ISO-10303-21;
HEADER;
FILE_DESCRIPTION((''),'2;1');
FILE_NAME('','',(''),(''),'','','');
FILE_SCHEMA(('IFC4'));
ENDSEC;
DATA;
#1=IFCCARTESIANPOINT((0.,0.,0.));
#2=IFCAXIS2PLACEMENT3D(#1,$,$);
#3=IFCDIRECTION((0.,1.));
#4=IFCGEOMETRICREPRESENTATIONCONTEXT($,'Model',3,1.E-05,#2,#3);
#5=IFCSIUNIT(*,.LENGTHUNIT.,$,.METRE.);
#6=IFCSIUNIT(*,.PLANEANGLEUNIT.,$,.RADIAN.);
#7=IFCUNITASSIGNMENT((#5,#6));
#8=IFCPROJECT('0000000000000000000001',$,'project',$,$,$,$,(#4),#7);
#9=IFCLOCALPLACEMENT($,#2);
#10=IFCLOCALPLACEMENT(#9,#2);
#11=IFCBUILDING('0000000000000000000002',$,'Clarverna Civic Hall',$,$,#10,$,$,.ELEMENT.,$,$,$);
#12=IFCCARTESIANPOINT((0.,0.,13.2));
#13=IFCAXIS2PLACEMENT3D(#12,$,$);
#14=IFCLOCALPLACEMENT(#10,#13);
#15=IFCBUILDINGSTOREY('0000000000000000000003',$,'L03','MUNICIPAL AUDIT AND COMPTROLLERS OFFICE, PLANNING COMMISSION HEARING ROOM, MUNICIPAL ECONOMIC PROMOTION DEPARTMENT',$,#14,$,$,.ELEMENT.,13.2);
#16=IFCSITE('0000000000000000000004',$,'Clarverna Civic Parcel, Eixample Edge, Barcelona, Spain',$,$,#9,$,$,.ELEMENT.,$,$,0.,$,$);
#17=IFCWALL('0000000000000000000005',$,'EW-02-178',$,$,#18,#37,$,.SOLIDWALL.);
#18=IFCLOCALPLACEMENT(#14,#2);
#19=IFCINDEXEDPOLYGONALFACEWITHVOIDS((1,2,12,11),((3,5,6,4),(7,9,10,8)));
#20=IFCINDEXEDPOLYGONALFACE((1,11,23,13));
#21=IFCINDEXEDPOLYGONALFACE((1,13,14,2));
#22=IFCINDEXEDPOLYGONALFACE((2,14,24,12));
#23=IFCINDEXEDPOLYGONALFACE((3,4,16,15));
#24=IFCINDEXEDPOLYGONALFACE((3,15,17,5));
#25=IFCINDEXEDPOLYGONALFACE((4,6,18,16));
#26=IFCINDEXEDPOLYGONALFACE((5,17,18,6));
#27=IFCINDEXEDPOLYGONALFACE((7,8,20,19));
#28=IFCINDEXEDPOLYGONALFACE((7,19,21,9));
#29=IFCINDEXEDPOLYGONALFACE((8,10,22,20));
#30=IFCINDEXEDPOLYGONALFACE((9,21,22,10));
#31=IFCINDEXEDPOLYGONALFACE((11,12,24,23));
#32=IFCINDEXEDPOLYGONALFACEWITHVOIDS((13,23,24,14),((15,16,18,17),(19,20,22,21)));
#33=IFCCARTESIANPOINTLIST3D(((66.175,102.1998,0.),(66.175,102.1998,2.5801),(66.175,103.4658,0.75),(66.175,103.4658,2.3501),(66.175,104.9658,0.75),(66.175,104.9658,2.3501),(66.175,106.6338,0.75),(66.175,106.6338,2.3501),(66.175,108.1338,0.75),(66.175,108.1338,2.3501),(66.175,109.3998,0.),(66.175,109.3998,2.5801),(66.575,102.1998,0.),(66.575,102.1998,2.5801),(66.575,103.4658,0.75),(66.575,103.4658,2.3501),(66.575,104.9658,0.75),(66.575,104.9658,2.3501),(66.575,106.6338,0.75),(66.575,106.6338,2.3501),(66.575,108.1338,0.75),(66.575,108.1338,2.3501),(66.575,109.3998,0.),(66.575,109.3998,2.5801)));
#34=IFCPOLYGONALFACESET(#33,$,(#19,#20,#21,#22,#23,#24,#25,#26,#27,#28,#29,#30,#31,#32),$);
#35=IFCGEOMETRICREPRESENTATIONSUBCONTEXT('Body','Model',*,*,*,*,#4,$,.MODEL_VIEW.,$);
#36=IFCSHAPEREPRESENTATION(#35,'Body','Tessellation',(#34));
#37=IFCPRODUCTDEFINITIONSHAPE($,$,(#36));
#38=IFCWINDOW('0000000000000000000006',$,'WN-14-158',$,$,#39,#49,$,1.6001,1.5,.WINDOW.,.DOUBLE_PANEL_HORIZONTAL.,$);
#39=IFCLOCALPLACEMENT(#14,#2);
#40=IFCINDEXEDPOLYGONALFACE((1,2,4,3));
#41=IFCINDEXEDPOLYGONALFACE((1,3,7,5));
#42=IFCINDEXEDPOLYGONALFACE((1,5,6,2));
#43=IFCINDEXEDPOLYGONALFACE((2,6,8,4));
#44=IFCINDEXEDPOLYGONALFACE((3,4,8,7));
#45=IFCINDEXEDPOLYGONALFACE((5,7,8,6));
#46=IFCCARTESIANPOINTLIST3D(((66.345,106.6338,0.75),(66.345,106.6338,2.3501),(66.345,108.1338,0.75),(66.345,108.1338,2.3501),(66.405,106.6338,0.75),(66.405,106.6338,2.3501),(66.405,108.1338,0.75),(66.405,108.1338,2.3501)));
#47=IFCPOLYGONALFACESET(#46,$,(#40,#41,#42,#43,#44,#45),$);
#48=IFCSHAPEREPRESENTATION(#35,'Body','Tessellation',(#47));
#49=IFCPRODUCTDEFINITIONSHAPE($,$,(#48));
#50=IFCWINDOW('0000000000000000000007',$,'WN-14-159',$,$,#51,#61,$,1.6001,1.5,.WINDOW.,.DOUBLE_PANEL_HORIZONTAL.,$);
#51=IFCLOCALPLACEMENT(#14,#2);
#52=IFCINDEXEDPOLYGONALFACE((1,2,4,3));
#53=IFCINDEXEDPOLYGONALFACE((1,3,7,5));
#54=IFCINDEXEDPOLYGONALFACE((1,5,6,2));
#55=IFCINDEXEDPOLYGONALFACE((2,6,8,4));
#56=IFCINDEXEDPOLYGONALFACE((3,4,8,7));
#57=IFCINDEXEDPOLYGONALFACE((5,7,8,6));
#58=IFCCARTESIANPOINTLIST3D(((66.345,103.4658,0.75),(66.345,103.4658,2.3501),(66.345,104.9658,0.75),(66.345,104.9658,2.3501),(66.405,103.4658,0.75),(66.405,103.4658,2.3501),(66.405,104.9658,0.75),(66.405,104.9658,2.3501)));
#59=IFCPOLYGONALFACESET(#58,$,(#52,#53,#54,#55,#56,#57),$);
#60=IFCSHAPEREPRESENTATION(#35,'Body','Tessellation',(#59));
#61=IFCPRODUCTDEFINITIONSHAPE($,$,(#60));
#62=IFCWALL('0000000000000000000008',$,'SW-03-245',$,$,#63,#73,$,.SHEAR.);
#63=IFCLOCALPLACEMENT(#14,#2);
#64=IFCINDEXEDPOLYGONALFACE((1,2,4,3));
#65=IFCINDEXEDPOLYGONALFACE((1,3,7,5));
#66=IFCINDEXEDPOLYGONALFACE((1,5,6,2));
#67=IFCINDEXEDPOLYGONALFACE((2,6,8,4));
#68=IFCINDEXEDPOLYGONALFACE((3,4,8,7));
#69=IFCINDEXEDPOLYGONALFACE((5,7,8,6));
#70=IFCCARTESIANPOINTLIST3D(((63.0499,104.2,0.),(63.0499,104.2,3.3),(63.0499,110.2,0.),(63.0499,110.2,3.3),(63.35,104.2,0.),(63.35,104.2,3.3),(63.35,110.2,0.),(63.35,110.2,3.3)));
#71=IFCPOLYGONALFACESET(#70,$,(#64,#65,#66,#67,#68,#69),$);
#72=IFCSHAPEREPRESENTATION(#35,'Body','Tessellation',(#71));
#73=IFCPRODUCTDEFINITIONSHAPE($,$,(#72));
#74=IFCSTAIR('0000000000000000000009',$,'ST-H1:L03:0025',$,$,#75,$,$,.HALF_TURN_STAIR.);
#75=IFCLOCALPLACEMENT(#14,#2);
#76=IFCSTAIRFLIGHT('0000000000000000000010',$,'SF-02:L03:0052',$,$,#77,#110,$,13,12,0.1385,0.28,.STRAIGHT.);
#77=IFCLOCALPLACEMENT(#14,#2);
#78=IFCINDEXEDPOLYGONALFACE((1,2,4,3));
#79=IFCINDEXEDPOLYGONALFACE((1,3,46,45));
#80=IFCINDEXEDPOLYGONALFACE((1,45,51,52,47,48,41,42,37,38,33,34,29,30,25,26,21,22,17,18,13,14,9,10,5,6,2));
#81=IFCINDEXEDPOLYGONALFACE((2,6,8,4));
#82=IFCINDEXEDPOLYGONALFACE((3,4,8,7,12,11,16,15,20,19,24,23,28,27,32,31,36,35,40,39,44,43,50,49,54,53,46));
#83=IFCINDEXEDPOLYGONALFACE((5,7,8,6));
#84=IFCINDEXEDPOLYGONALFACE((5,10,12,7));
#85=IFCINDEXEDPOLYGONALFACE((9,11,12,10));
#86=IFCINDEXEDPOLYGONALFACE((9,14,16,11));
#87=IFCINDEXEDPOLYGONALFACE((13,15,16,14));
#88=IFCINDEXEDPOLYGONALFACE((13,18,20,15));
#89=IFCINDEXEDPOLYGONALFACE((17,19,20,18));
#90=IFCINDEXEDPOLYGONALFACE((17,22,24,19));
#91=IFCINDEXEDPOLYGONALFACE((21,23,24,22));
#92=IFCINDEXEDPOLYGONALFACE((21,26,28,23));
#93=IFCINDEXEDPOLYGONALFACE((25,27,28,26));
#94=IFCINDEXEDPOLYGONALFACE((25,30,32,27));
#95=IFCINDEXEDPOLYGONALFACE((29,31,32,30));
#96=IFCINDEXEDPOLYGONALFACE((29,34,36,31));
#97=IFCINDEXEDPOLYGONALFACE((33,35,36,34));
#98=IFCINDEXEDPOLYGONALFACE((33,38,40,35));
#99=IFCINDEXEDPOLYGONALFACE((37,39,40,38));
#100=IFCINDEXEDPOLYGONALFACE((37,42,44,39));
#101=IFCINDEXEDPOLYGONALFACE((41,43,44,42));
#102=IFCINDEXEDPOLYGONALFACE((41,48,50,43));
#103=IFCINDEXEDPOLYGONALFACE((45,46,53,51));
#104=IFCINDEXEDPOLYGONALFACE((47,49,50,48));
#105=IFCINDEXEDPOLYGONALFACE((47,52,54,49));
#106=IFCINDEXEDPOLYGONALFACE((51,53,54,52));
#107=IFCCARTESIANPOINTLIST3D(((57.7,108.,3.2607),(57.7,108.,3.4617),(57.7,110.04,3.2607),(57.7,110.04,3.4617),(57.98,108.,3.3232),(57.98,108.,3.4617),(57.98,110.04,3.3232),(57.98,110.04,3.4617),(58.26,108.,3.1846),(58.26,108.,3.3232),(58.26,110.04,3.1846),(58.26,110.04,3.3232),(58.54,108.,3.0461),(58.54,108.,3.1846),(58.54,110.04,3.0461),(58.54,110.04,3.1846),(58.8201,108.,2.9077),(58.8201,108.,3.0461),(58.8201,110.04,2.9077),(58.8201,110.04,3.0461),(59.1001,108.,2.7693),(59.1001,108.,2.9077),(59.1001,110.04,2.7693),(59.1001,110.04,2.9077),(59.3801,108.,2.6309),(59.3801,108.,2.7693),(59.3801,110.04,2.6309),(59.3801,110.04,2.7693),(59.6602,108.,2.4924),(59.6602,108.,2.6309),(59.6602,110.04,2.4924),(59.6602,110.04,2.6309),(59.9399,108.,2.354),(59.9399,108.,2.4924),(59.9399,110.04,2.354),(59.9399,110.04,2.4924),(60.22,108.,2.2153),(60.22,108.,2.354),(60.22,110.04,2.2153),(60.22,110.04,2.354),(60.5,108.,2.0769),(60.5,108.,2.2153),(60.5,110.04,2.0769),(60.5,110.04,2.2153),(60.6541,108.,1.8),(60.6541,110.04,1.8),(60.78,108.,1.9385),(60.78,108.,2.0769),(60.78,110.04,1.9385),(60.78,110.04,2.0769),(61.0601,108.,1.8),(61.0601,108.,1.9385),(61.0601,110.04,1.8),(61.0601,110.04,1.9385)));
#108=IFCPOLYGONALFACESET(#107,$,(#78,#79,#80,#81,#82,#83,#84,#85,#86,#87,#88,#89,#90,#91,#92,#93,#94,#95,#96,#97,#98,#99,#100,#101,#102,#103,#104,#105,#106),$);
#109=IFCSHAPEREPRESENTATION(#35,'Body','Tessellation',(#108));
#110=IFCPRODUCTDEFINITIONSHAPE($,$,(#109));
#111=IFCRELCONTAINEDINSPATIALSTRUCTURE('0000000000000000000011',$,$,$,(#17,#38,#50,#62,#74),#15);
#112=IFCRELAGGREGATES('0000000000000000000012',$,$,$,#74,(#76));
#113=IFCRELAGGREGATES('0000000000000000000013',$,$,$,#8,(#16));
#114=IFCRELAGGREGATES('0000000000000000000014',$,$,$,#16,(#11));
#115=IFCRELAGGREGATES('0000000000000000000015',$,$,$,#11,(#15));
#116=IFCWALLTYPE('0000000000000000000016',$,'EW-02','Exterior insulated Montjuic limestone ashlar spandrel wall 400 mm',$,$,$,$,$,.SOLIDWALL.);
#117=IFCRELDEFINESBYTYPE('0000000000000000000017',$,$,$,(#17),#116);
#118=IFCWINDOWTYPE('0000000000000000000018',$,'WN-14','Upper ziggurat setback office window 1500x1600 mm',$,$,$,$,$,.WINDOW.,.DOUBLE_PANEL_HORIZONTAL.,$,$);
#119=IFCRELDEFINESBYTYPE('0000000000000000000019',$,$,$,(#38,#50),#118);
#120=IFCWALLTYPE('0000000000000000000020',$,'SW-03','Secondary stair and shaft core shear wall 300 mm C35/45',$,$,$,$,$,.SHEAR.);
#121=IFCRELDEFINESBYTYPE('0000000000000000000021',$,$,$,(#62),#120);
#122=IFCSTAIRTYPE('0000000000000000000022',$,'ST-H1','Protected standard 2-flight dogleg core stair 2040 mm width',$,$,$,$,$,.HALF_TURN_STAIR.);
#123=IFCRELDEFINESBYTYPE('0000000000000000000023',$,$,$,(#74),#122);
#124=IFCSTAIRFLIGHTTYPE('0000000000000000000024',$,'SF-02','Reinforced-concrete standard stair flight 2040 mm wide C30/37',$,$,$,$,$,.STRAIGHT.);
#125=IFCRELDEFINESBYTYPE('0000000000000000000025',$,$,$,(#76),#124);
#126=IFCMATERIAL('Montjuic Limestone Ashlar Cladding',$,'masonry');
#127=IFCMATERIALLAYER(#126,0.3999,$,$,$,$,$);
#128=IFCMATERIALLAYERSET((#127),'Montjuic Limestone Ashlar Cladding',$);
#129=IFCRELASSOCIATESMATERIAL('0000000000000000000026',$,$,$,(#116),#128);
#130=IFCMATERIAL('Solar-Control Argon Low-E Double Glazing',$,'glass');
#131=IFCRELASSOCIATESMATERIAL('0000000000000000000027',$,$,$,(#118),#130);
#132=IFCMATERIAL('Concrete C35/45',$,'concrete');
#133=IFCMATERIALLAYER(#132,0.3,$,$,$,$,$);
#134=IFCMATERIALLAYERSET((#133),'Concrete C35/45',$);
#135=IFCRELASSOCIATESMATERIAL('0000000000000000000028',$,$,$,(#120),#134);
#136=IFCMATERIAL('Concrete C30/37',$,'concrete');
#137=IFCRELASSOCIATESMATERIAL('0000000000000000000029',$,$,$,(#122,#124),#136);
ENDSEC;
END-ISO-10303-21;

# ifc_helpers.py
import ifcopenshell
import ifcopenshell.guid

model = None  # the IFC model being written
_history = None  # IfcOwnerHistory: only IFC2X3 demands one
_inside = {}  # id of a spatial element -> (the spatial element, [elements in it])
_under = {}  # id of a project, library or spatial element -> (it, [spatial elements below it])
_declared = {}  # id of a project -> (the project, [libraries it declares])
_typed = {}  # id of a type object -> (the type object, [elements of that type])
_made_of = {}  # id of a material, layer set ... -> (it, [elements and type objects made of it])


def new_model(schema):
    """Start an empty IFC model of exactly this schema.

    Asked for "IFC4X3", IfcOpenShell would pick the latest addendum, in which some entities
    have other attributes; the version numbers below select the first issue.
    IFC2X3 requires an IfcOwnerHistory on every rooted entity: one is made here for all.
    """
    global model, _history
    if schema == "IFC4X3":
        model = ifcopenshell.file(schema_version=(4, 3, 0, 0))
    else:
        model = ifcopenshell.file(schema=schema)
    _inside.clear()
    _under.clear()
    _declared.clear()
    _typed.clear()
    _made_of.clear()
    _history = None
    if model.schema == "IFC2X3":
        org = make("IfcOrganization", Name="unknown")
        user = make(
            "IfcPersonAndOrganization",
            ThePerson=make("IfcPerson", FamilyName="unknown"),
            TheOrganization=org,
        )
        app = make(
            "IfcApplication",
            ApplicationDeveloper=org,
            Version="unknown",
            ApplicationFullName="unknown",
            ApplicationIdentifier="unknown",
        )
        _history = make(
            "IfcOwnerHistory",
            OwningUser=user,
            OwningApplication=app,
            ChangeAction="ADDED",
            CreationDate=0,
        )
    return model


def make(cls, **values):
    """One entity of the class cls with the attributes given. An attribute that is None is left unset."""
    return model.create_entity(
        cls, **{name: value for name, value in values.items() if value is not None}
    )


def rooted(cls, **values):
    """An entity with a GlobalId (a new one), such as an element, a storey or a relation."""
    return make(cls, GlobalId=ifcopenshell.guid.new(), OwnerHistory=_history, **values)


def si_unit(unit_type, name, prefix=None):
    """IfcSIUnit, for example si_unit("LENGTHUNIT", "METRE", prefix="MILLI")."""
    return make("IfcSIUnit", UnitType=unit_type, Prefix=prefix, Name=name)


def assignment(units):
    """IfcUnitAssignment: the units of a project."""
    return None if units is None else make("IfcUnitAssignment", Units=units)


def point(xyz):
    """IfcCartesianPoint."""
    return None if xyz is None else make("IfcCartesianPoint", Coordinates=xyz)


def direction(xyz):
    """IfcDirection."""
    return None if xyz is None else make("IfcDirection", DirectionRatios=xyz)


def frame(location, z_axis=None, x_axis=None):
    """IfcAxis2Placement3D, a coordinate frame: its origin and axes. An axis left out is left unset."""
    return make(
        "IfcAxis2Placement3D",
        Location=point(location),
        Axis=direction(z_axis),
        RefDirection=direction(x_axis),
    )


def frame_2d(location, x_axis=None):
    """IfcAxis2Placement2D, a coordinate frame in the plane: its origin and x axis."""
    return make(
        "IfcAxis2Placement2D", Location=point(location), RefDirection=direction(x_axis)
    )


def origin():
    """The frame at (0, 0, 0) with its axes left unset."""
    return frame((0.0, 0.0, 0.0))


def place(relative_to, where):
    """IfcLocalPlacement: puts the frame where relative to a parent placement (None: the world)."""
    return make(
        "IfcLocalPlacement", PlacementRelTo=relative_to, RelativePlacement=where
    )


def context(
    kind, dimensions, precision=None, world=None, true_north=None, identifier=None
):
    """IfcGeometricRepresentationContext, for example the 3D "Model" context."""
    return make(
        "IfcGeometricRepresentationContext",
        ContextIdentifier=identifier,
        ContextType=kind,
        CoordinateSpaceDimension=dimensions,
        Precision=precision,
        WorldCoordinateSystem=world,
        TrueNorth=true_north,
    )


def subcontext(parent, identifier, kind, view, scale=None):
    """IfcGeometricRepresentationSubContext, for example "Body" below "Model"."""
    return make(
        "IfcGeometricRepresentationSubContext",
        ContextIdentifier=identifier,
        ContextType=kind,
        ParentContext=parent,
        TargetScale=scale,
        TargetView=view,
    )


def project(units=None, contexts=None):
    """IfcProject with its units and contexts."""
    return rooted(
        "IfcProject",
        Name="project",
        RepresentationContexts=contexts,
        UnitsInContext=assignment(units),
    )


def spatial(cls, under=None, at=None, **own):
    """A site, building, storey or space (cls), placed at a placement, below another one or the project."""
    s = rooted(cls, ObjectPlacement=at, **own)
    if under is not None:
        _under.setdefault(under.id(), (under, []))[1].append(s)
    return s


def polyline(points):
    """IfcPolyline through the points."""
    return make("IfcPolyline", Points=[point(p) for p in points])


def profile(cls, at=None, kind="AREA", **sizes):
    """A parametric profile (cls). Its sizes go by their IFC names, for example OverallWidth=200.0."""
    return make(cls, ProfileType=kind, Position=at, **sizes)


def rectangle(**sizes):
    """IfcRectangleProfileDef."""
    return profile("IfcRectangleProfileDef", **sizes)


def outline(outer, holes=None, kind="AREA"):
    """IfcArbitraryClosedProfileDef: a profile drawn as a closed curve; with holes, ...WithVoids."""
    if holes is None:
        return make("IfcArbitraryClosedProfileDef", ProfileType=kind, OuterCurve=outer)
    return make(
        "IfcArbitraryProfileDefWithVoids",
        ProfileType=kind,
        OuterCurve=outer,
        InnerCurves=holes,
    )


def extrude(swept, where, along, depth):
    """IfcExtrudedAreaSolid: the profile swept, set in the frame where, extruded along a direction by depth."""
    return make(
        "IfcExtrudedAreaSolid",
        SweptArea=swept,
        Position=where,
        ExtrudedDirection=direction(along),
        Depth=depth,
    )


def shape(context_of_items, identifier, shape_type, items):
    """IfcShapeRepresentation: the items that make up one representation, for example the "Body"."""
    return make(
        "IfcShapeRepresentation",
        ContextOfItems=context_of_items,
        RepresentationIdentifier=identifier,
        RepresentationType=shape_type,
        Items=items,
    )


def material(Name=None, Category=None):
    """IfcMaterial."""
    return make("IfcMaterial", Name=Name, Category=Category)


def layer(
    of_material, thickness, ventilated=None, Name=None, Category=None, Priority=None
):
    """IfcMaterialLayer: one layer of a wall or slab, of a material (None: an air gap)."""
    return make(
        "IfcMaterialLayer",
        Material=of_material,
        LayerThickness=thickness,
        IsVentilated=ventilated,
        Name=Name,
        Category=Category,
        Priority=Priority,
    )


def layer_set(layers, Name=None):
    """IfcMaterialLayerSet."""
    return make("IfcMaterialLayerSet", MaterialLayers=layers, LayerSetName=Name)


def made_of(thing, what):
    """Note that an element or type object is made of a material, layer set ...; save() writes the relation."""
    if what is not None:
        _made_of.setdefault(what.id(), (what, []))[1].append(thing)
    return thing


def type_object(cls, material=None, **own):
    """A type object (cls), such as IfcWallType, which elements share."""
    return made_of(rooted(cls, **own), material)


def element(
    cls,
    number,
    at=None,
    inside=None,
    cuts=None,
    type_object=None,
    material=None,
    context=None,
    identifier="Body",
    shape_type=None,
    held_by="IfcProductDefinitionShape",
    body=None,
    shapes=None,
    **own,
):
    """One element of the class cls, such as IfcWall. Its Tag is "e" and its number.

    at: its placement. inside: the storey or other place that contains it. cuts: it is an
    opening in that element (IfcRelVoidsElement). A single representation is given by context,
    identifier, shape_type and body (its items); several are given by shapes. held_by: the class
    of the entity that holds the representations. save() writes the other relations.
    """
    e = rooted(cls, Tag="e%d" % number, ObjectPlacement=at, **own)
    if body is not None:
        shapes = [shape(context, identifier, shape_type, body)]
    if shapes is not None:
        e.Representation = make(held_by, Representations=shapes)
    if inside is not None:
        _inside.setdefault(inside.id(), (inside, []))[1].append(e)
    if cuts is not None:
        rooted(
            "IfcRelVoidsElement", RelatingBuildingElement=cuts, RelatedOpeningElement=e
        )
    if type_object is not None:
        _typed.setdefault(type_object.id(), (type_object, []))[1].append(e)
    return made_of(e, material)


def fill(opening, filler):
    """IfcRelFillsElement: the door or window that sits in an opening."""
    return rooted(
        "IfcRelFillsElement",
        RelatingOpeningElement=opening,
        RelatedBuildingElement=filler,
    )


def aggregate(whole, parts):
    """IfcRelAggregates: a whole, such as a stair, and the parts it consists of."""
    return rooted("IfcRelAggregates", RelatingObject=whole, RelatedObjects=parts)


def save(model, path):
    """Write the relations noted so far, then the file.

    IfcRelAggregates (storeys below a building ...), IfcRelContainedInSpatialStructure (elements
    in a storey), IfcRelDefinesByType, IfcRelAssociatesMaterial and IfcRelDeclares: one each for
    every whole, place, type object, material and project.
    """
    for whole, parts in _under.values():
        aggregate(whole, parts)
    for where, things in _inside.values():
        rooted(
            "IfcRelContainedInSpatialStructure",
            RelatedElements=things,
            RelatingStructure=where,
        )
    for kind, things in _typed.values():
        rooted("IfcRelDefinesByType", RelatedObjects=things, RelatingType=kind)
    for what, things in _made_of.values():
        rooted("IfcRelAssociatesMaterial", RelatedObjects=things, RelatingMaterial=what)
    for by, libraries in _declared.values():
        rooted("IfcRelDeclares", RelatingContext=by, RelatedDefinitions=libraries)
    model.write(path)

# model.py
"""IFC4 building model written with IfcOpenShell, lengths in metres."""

from ifc_helpers import new_model, si_unit, direction, frame, frame_2d, origin, place, context, subcontext, project, spatial, polyline, rectangle, outline, extrude, material, layer, layer_set, type_object, element, fill, aggregate, save


model = new_model("IFC4")

# Units and contexts
model_context = context("Model", 3, precision=1e-05, world=origin(), true_north=direction((0.0, 1.0)))
body_context = subcontext(model_context, "Body", "Model", "MODEL_VIEW")
ifc_project = project(units=[si_unit("LENGTHUNIT", "METRE"), si_unit("PLANEANGLEUNIT", "RADIAN")], contexts=[model_context])

# Site, building, storey
site_placement = place(None, origin())
site = spatial("IfcSite", under=ifc_project, at=site_placement, Name="Clarverna Civic Parcel, Eixample Edge, Barcelona, Spain", CompositionType="ELEMENT", RefElevation=0.0)
building_placement = place(site_placement, origin())
building = spatial("IfcBuilding", under=site, at=building_placement, Name="Clarverna Civic Hall", CompositionType="ELEMENT")
storey_placement = place(building_placement, frame((0.0, 0.0, 13.2)))
storey = spatial("IfcBuildingStorey", under=building, at=storey_placement, Name="L03", Description="MUNICIPAL AUDIT AND COMPTROLLERS OFFICE, PLANNING COMMISSION HEARING ROOM, MUNICIPAL ECONOMIC PROMOTION DEPARTMENT", CompositionType="ELEMENT", Elevation=13.2)

# Shared definitions
ifc_material_1 = material(Name="Solar-Control Argon Low-E Double Glazing", Category="glass")

# Wall, openings, windows
ifc_material_2 = material(Name="Montjuic Limestone Ashlar Cladding", Category="masonry")
ifc_layer_1 = layer(ifc_material_2, 0.3999)
ifc_layer_set_1 = layer_set([ifc_layer_1], Name="Montjuic Limestone Ashlar Cladding")
wall_type_1 = type_object("IfcWallType", Name="EW-02", Description="Exterior insulated Montjuic limestone ashlar spandrel wall 400 mm", PredefinedType="SOLIDWALL", material=ifc_layer_set_1)
wall_1_placement = place(storey_placement, frame((66.375, 109.3999, 0.0), z_axis=(0.0, 0.0, 1.0), x_axis=(0.0, -1.0, 0.0)))
wall_1 = element("IfcWall", 1, at=wall_1_placement, inside=storey, type_object=wall_type_1, Name="EW-02-178", PredefinedType="SOLIDWALL", context=body_context, shape_type="SweptSolid", body=[
    extrude(rectangle(XDim=7.2, YDim=0.3999, at=frame_2d((3.6001, 0.0))), origin(), (0.0, 0.0, 1.0), 2.5801),
])
opening_1_placement = place(wall_1_placement, frame((1.2661, 0.0, 0.75)))
opening_1 = element("IfcOpeningElement", 2, at=opening_1_placement, cuts=wall_1, PredefinedType="OPENING", context=body_context, shape_type="SweptSolid", body=[
    extrude(rectangle(XDim=1.5, YDim=1.6001, at=frame_2d((0.75, 0.8))), frame((0.0, 0.21, 0.0), z_axis=(0.0, -1.0, 0.0), x_axis=(1.0, 0.0, 0.0)), (0.0, 0.0, 1.0), 0.4199),
])
opening_2_placement = place(wall_1_placement, frame((4.4341, 0.0, 0.75)))
opening_2 = element("IfcOpeningElement", 3, at=opening_2_placement, cuts=wall_1, PredefinedType="OPENING", context=body_context, shape_type="SweptSolid", body=[
    extrude(rectangle(XDim=1.5, YDim=1.6001, at=frame_2d((0.75, 0.8))), frame((0.0, 0.21, 0.0), z_axis=(0.0, -1.0, 0.0), x_axis=(1.0, 0.0, 0.0)), (0.0, 0.0, 1.0), 0.4199),
])
window_type = type_object("IfcWindowType", Name="WN-14", Description="Upper ziggurat setback office window 1500x1600 mm", PartitioningType="DOUBLE_PANEL_HORIZONTAL", PredefinedType="WINDOW", material=ifc_material_1)
window_1_placement = place(opening_1_placement, origin())
window_1 = element("IfcWindow", 4, at=window_1_placement, inside=storey, type_object=window_type, Name="WN-14-158", OverallHeight=1.6001, OverallWidth=1.5, PartitioningType="DOUBLE_PANEL_HORIZONTAL", PredefinedType="WINDOW", context=body_context, shape_type="SweptSolid", body=[
    extrude(rectangle(XDim=1.5, YDim=1.6001, at=frame_2d((0.75, 0.8))), frame((0.0, 0.03, 0.0), z_axis=(0.0, -1.0, 0.0), x_axis=(1.0, 0.0, 0.0)), (0.0, 0.0, 1.0), 0.0601),
])
fill(opening_1, window_1)
window_2_placement = place(opening_2_placement, origin())
window_2 = element("IfcWindow", 5, at=window_2_placement, inside=storey, type_object=window_type, Name="WN-14-159", OverallHeight=1.6001, OverallWidth=1.5, PartitioningType="DOUBLE_PANEL_HORIZONTAL", PredefinedType="WINDOW", context=body_context, shape_type="SweptSolid", body=[
    extrude(rectangle(XDim=1.5, YDim=1.6001, at=frame_2d((0.75, 0.8))), frame((0.0, 0.03, 0.0), z_axis=(0.0, -1.0, 0.0), x_axis=(1.0, 0.0, 0.0)), (0.0, 0.0, 1.0), 0.0601),
])
fill(opening_2, window_2)

# Wall
ifc_material_3 = material(Name="Concrete C35/45", Category="concrete")
ifc_layer_2 = layer(ifc_material_3, 0.3)
ifc_layer_set_2 = layer_set([ifc_layer_2], Name="Concrete C35/45")
wall_type_2 = type_object("IfcWallType", Name="SW-03", Description="Secondary stair and shaft core shear wall 300 mm C35/45", PredefinedType="SHEAR", material=ifc_layer_set_2)
wall_2_placement = place(storey_placement, frame((63.2, 104.2, 0.0), z_axis=(0.0, 0.0, 1.0), x_axis=(0.0, 1.0, 0.0)))
element("IfcWall", 6, at=wall_2_placement, inside=storey, type_object=wall_type_2, Name="SW-03-245", PredefinedType="SHEAR", context=body_context, shape_type="SweptSolid", body=[
    extrude(rectangle(XDim=6.0, YDim=0.3, at=frame_2d((3.0, 0.0))), origin(), (0.0, 0.0, 1.0), 3.3),
])

# Stair, stair flight
ifc_material_4 = material(Name="Concrete C30/37", Category="concrete")
stair_type = type_object("IfcStairType", Name="ST-H1", Description="Protected standard 2-flight dogleg core stair 2040 mm width", PredefinedType="HALF_TURN_STAIR", material=ifc_material_4)
stair_placement = place(storey_placement, origin())
stair = element("IfcStair", 7, at=stair_placement, inside=storey, type_object=stair_type, Name="ST-H1:L03:0025", PredefinedType="HALF_TURN_STAIR")
stair_flight_type = type_object("IfcStairFlightType", Name="SF-02", Description="Reinforced-concrete standard stair flight 2040 mm wide C30/37", PredefinedType="STRAIGHT", material=ifc_material_4)
stair_flight_placement = place(storey_placement, frame((61.0601, 109.02, 1.8), z_axis=(0.0, 0.0, 1.0), x_axis=(-1.0, 0.0, 0.0)))
stair_flight = element("IfcStairFlight", 8, at=stair_flight_placement, type_object=stair_flight_type, Name="SF-02:L03:0052", NumberOfRisers=13, NumberOfTreads=12, PredefinedType="STRAIGHT", RiserHeight=0.1385, TreadLength=0.28, context=body_context, shape_type="SweptSolid", body=[
    extrude(outline(polyline([(0.0, 0.0), (0.0, 0.1384), (0.28, 0.1384), (0.28, 0.2769), (0.5601, 0.2769), (0.5601, 0.4153), (0.8401, 0.4153), (0.8401, 0.554), (1.1201, 0.554), (1.1201, 0.6924), (1.3999, 0.6924), (1.3999, 0.8308), (1.6799, 0.8308), (1.6799, 0.9692), (1.96, 0.9692), (1.96, 1.1077), (2.24, 1.1077), (2.24, 1.2461), (2.52, 1.2461), (2.52, 1.3845), (2.8, 1.3845), (2.8, 1.5232), (3.0801, 1.5232), (3.0801, 1.6616), (3.3601, 1.6616), (3.3601, 1.8), (3.3601, 1.4607), (0.406, 0.0), (0.0, 0.0)])), frame((0.0, 1.02, 0.0), z_axis=(0.0, -1.0, 0.0), x_axis=(1.0, 0.0, 0.0)), (0.0, 0.0, 1.0), 2.04),
])
aggregate(stair, [stair_flight])

save(model, "model.ifc")
